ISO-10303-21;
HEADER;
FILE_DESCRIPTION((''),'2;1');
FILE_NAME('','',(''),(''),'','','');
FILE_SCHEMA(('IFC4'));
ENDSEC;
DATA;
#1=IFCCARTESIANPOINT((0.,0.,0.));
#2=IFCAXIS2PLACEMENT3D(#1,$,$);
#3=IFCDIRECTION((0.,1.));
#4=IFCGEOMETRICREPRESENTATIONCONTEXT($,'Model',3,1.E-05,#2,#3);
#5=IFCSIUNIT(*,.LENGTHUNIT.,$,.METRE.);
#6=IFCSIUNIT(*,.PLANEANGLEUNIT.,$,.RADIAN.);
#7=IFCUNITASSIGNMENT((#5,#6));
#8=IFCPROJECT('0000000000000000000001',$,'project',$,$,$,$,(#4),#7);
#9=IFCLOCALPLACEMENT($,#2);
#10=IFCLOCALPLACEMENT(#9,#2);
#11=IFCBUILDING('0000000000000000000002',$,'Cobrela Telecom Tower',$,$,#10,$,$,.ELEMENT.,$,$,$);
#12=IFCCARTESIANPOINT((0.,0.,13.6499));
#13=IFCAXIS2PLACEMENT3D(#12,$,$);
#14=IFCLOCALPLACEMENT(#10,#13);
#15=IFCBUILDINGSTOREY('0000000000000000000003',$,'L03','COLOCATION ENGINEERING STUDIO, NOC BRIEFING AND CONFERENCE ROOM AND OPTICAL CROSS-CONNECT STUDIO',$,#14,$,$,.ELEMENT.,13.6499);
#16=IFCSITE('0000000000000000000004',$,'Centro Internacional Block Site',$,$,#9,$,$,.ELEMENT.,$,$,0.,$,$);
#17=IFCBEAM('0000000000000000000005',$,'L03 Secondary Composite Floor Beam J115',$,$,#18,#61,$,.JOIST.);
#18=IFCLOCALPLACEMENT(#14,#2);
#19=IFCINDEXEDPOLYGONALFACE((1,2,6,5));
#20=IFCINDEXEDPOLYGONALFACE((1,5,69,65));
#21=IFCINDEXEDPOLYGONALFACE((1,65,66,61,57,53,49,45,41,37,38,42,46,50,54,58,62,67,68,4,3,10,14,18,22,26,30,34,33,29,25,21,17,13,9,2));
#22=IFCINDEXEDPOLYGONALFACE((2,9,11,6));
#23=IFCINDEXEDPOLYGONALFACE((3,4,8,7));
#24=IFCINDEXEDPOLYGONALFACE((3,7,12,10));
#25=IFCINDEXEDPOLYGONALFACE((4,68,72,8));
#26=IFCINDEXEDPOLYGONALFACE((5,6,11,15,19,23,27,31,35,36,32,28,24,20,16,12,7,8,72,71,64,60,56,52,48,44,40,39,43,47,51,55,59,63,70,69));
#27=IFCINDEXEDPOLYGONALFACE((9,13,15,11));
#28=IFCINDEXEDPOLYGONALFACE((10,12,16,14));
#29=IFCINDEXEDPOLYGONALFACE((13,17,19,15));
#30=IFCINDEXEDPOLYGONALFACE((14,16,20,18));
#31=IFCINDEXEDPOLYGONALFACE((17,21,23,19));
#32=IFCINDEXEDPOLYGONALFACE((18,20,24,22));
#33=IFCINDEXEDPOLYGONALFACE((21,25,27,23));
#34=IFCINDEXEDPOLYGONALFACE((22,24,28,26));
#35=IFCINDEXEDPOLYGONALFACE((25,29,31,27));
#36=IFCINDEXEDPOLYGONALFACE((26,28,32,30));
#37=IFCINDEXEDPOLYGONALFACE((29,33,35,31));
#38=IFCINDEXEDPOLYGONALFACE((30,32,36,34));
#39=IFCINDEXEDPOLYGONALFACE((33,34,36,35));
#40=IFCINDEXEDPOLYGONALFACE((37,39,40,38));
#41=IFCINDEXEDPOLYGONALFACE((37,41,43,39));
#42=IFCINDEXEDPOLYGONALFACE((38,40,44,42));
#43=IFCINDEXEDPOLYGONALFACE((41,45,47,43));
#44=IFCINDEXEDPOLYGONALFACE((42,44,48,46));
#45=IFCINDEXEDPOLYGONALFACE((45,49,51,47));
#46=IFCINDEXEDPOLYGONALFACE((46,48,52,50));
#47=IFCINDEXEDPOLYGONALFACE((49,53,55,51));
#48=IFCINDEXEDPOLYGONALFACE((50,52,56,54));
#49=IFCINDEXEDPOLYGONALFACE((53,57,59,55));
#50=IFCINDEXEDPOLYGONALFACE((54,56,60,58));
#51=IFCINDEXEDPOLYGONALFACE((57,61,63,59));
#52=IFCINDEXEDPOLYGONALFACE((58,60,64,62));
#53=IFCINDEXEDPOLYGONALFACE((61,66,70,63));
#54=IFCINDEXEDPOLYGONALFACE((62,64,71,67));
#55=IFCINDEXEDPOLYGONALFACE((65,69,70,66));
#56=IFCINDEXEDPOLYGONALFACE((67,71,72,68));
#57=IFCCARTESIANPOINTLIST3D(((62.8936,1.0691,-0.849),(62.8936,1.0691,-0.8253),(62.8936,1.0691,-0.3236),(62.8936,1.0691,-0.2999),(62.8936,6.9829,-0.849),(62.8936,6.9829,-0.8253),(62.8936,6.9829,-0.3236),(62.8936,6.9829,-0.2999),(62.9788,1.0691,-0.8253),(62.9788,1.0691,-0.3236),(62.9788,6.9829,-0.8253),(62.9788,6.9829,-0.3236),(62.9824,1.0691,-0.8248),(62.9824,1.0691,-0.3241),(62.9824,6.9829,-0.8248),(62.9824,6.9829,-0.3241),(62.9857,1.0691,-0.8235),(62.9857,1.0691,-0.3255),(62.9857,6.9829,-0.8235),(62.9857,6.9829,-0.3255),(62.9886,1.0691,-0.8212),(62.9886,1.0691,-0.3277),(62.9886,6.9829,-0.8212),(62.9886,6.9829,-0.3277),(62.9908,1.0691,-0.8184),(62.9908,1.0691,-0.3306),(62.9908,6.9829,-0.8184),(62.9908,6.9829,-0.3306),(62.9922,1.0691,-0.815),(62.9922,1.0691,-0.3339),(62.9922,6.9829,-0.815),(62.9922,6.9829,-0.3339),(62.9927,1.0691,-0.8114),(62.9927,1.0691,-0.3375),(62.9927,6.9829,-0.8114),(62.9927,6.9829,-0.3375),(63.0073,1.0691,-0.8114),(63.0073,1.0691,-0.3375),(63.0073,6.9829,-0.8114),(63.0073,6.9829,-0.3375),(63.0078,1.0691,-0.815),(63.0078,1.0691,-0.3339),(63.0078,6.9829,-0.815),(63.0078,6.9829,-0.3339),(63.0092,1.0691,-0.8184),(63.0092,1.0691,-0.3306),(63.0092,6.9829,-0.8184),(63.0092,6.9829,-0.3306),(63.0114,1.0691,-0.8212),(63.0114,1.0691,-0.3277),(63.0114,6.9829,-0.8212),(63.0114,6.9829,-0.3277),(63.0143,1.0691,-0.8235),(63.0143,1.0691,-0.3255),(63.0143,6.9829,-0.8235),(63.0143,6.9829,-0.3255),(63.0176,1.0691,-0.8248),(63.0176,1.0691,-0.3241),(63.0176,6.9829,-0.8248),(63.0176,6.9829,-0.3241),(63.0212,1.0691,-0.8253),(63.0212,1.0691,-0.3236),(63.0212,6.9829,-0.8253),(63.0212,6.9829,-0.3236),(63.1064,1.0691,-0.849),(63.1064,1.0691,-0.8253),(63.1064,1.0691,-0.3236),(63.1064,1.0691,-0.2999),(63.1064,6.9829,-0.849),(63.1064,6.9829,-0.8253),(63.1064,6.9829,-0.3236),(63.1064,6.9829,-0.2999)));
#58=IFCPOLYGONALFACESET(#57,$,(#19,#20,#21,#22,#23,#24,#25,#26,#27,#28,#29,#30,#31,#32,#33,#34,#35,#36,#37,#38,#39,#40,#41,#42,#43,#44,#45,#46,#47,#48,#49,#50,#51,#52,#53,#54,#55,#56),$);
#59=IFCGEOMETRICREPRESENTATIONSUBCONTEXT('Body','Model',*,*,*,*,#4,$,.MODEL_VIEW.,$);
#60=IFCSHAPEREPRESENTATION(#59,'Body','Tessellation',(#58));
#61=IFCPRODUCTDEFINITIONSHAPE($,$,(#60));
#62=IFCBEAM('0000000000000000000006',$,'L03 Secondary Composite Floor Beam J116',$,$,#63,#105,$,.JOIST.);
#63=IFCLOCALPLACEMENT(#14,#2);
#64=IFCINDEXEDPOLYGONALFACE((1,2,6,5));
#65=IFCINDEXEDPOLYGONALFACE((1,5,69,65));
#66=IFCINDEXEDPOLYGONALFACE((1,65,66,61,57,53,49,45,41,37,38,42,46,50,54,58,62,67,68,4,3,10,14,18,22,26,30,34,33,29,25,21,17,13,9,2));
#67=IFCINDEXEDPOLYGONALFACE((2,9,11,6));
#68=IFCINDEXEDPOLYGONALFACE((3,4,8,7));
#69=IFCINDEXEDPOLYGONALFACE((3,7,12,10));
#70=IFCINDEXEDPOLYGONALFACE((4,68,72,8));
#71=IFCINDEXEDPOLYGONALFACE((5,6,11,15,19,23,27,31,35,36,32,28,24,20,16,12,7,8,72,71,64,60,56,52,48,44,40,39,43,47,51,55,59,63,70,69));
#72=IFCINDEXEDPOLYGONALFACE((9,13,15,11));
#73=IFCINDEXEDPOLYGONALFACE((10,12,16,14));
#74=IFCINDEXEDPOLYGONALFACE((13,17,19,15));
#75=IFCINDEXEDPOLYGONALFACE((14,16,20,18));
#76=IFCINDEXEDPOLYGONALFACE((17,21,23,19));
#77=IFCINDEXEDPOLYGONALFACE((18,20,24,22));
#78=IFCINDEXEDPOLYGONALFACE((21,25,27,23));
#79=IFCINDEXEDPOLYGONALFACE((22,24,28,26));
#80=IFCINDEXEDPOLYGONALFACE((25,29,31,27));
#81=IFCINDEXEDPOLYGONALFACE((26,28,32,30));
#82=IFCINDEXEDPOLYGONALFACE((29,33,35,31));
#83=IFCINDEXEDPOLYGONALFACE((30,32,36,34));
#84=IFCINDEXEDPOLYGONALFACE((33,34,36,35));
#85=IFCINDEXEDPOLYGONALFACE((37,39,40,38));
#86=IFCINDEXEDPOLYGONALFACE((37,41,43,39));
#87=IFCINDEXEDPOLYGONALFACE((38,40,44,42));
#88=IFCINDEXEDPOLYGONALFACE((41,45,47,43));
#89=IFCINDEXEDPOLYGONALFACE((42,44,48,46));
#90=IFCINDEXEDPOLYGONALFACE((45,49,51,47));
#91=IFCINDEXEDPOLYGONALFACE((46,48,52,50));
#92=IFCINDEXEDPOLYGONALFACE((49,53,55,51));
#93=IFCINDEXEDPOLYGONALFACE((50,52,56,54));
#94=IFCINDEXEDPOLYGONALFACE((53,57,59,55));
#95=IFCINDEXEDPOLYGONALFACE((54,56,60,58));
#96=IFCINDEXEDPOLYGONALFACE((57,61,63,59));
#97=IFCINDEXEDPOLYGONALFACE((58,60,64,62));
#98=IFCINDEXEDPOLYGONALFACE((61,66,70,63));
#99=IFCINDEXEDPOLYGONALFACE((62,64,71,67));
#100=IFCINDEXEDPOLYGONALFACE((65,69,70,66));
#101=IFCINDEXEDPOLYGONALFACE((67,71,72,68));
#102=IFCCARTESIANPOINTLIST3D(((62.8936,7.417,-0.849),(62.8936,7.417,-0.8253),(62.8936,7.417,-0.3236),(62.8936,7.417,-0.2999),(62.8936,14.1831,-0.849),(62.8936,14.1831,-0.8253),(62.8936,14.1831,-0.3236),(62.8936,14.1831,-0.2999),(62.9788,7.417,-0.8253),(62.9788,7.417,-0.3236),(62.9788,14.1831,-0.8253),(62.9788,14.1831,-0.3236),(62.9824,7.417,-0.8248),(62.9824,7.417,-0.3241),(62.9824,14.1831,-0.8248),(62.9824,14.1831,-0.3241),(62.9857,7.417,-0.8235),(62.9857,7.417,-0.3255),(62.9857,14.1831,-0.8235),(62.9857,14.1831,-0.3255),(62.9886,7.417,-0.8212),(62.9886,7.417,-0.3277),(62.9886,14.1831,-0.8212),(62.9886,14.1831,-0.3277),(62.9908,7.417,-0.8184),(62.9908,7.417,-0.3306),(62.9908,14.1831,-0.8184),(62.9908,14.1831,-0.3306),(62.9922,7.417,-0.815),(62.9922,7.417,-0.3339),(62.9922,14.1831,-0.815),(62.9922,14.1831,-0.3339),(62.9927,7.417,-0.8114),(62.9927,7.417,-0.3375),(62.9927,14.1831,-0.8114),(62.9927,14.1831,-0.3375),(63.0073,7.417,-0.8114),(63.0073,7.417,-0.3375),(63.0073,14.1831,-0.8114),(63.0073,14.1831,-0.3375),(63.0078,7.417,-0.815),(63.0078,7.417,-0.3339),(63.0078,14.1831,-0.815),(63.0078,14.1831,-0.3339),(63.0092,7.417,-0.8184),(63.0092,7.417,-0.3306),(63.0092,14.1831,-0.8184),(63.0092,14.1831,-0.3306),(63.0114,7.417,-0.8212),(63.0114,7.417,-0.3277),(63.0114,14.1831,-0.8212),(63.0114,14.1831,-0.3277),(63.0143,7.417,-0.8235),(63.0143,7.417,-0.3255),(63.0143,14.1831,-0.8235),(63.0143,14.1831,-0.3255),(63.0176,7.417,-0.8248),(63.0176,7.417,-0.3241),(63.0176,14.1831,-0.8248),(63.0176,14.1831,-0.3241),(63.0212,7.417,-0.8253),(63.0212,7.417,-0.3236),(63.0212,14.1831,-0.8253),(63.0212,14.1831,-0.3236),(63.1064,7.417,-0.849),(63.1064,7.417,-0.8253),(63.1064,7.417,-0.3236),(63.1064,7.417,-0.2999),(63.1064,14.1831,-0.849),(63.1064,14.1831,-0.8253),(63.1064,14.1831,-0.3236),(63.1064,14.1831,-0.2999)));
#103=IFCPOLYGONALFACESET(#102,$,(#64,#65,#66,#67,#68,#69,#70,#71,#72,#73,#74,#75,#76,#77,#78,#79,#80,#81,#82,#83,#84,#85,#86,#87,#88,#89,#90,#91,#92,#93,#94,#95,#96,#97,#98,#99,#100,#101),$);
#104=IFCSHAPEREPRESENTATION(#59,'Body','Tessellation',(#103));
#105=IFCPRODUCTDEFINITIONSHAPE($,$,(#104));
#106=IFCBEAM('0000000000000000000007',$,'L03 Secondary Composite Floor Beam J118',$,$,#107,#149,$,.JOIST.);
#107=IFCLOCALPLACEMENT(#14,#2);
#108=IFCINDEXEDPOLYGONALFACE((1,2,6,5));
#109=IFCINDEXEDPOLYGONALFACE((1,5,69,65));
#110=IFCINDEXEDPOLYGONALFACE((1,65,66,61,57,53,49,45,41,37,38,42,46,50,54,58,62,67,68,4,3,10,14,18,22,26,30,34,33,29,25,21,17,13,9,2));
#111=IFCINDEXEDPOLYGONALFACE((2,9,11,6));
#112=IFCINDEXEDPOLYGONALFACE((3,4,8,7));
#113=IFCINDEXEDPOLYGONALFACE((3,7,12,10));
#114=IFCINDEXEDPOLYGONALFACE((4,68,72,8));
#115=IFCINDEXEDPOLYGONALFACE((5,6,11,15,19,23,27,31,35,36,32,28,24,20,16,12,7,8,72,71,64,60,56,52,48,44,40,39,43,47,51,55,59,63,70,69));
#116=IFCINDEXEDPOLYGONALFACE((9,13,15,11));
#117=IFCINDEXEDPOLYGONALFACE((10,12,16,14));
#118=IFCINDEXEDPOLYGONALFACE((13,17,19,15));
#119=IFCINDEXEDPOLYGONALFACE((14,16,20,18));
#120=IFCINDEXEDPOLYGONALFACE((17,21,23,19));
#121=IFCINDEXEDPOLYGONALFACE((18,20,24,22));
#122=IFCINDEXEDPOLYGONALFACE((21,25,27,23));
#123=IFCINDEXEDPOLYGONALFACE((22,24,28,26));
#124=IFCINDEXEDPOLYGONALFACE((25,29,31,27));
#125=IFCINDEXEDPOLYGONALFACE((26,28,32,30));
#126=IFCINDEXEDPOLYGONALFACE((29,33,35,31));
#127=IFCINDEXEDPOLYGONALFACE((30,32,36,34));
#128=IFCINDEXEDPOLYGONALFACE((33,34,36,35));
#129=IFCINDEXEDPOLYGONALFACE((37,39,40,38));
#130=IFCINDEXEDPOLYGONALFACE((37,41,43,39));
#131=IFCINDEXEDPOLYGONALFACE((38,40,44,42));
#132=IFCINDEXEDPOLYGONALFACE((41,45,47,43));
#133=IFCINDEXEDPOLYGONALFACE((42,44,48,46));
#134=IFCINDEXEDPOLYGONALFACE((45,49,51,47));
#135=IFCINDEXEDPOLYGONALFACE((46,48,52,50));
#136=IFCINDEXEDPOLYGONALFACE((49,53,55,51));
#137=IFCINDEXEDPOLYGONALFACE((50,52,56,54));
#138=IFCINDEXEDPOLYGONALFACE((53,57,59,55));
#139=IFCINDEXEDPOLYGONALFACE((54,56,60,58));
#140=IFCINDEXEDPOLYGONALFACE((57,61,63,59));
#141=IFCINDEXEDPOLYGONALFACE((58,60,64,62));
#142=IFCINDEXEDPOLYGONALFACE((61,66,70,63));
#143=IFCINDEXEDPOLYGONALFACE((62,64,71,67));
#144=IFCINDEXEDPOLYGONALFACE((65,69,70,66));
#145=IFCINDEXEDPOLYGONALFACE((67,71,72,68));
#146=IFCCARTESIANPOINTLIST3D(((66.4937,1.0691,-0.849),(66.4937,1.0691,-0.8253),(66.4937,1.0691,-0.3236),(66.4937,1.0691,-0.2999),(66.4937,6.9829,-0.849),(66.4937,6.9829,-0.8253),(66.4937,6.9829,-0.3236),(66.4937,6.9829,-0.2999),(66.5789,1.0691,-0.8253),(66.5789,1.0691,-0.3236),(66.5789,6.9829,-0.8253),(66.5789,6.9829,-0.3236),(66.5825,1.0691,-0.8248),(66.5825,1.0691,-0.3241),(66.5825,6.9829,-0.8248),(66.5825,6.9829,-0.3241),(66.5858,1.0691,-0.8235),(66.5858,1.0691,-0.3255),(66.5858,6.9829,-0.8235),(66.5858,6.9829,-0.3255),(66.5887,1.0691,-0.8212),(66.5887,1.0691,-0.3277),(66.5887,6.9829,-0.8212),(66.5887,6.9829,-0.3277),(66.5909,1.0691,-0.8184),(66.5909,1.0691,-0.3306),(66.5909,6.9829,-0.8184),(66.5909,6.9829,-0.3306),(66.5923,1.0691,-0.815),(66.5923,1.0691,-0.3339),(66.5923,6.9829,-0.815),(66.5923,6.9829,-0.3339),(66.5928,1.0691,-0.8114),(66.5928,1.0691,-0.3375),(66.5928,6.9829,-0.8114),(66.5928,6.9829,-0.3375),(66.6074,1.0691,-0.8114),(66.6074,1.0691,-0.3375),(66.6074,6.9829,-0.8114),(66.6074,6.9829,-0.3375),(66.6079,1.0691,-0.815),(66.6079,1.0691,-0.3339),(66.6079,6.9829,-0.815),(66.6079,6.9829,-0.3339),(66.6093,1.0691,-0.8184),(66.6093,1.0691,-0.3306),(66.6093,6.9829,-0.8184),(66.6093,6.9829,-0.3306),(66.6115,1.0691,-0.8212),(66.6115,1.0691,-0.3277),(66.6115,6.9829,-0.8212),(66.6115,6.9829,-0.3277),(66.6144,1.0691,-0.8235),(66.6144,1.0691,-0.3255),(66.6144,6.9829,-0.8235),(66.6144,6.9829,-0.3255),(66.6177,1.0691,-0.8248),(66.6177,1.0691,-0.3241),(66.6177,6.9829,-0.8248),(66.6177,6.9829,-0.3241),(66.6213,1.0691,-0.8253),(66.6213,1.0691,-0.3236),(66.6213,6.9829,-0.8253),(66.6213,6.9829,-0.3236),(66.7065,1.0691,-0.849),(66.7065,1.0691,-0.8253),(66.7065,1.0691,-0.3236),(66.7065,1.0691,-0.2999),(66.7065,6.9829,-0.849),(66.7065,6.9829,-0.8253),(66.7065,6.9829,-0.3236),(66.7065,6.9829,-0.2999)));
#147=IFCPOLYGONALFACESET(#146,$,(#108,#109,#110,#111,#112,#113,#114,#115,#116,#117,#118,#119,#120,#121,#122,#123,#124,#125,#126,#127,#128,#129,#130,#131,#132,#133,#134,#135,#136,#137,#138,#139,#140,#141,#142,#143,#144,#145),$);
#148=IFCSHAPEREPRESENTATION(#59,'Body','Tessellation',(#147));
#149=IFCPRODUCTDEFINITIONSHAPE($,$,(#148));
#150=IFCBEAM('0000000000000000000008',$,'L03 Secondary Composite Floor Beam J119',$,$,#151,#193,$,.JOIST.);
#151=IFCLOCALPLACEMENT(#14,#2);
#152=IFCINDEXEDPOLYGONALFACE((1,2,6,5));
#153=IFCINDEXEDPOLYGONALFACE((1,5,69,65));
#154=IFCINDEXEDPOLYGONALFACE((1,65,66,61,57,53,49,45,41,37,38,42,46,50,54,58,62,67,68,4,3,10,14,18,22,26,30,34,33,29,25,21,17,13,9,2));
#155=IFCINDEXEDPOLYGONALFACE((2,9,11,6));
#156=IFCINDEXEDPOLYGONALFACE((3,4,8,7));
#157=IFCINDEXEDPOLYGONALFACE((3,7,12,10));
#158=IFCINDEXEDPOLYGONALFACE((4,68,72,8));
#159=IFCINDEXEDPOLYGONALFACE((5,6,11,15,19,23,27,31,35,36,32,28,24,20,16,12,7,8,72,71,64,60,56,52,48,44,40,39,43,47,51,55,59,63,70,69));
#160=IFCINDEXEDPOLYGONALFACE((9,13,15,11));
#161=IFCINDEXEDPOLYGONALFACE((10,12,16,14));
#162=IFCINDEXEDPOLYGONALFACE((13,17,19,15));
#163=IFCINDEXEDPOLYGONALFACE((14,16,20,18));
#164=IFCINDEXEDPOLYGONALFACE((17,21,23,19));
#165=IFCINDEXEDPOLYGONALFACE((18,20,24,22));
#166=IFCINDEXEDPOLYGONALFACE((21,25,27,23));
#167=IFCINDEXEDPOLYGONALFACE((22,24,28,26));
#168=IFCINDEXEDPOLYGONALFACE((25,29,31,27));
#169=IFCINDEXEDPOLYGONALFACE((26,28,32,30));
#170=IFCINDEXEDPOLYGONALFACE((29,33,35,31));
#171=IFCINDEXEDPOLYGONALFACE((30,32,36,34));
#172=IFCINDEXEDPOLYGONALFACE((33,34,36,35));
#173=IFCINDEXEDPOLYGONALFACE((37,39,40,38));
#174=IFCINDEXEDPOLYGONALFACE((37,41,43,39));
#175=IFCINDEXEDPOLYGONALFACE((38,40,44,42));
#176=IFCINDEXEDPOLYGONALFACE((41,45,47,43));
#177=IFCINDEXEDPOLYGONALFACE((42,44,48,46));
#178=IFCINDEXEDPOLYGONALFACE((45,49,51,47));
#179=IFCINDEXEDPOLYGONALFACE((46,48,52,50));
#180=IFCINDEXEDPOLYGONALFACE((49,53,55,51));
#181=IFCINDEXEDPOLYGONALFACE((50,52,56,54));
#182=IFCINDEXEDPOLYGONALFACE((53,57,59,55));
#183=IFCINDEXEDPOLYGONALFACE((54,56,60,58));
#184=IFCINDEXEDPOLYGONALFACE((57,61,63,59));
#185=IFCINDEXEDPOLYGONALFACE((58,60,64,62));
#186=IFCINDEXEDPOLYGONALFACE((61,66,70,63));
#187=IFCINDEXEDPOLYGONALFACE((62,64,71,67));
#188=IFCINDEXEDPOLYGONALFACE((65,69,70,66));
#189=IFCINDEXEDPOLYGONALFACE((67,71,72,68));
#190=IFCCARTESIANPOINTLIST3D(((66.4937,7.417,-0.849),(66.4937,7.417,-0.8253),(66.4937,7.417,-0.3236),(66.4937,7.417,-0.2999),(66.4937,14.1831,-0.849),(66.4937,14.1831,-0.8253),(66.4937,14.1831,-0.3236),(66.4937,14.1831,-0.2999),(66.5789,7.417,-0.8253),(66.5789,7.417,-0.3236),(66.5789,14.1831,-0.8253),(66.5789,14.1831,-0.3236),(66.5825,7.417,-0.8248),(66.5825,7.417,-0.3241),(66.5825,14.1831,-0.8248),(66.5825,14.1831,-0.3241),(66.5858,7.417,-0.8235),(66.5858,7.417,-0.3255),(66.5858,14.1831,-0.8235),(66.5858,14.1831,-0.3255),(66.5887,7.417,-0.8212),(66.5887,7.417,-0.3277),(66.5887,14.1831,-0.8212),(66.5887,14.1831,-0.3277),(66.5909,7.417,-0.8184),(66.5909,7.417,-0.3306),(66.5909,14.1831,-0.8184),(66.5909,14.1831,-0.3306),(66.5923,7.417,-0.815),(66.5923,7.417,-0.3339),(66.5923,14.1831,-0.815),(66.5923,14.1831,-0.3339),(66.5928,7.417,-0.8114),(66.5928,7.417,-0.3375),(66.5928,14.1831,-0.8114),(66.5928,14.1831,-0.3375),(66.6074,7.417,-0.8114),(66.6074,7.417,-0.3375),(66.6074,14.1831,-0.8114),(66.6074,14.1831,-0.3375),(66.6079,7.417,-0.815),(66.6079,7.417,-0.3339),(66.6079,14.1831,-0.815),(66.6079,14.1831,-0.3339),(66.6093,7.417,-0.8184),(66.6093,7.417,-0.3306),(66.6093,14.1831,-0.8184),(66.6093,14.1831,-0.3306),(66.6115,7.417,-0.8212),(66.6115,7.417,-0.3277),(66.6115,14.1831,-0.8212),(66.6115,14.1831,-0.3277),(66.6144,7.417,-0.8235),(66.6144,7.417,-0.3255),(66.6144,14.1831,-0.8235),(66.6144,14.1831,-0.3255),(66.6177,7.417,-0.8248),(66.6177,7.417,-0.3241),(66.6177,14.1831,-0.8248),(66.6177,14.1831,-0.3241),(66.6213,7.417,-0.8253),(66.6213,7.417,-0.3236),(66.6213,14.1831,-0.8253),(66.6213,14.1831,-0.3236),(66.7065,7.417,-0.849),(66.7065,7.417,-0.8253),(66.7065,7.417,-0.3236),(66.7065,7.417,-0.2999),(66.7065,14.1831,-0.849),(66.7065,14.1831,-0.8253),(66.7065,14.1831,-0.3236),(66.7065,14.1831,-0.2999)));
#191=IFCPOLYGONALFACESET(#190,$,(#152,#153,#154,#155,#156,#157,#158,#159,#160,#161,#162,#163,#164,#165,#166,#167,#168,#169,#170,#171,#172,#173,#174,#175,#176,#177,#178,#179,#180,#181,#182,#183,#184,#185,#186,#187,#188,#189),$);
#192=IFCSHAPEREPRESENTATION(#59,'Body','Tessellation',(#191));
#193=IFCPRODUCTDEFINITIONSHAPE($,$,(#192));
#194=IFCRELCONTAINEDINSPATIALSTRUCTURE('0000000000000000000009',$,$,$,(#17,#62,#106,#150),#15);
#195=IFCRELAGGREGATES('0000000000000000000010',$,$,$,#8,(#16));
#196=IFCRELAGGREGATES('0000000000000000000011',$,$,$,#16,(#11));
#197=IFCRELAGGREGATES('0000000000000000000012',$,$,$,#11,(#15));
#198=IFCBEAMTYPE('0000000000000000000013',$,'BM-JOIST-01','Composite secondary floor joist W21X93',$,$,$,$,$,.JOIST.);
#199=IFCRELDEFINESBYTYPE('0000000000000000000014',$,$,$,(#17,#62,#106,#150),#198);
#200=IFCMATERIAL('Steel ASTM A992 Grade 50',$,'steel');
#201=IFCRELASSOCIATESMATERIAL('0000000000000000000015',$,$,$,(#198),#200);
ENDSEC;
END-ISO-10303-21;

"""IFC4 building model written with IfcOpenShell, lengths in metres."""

from ifc_helpers import new_model, si_unit, direction, frame, origin, origin_2d, place, context, subcontext, project, spatial, i_section, extrude, material, material_profile, profile_set, type_object, element, save


model = new_model("IFC4")

# Units and contexts
model_context = context("Model", 3, precision=1e-05, world=origin(), true_north=direction((0.0, 1.0)))
body_context = subcontext(model_context, "Body", "Model", "MODEL_VIEW")
ifc_project = project(units=[si_unit("LENGTHUNIT", "METRE"), si_unit("PLANEANGLEUNIT", "RADIAN")], contexts=[model_context])

# Site, building, storey
site_placement = place(None, origin())
site = spatial("IfcSite", under=ifc_project, at=site_placement, Name="Centro Internacional Block Site", CompositionType="ELEMENT", RefElevation=0.0)
building_placement = place(site_placement, origin())
building = spatial("IfcBuilding", under=site, at=building_placement, Name="Cobrela Telecom Tower", CompositionType="ELEMENT")
storey_placement = place(building_placement, frame((0.0, 0.0, 13.6499)))
storey = spatial("IfcBuildingStorey", under=building, at=storey_placement, Name="L03", Description="COLOCATION ENGINEERING STUDIO, NOC BRIEFING AND CONFERENCE ROOM AND OPTICAL CROSS-CONNECT STUDIO", CompositionType="ELEMENT", Elevation=13.6499)

# Beams
ifc_material_1 = material(Name="Steel ASTM A992 Grade 50", Category="steel")
ifc_material_profile_1 = material_profile(ifc_material_1, i_section(OverallWidth=0.2129, OverallDepth=0.5491, WebThickness=0.0146, FlangeThickness=0.0237, FilletRadius=0.0139, at=origin_2d()), Name="W21X93")
ifc_profile_set_1 = profile_set([ifc_material_profile_1], Name="Steel ASTM A992 Grade 50")
beam_type_1 = type_object("IfcBeamType", Name="BM-JOIST-01", Description="Composite secondary floor joist W21X93", PredefinedType="JOIST", material=ifc_profile_set_1)
beam_1_placement = place(storey_placement, frame((63.0, 1.0691, -0.5745), z_axis=(0.0, 1.0, 0.0), x_axis=(-1.0, 0.0, 0.0)))
element("IfcBeam", 1, at=beam_1_placement, inside=storey, type_object=beam_type_1, Name="L03 Secondary Composite Floor Beam J115", PredefinedType="JOIST", context=body_context, shape_type="SweptSolid", body=[
    extrude(i_section(OverallWidth=0.2129, OverallDepth=0.5491, WebThickness=0.0146, FlangeThickness=0.0237, FilletRadius=0.0139, at=origin_2d()), origin(), (0.0, 0.0, 1.0), 5.9138),
])
beam_2_placement = place(storey_placement, frame((63.0, 7.417, -0.5745), z_axis=(0.0, 1.0, 0.0), x_axis=(-1.0, 0.0, 0.0)))
element("IfcBeam", 2, at=beam_2_placement, inside=storey, type_object=beam_type_1, Name="L03 Secondary Composite Floor Beam J116", PredefinedType="JOIST", context=body_context, shape_type="SweptSolid", body=[
    extrude(i_section(OverallWidth=0.2129, OverallDepth=0.5491, WebThickness=0.0146, FlangeThickness=0.0237, FilletRadius=0.0139, at=origin_2d()), origin(), (0.0, 0.0, 1.0), 6.7661),
])
beam_3_placement = place(storey_placement, frame((66.6001, 1.0691, -0.5745), z_axis=(0.0, 1.0, 0.0), x_axis=(-1.0, 0.0, 0.0)))
element("IfcBeam", 3, at=beam_3_placement, inside=storey, type_object=beam_type_1, Name="L03 Secondary Composite Floor Beam J118", PredefinedType="JOIST", context=body_context, shape_type="SweptSolid", body=[
    extrude(i_section(OverallWidth=0.2129, OverallDepth=0.5491, WebThickness=0.0146, FlangeThickness=0.0237, FilletRadius=0.0139, at=origin_2d()), origin(), (0.0, 0.0, 1.0), 5.9138),
])
beam_4_placement = place(storey_placement, frame((66.6001, 7.417, -0.5745), z_axis=(0.0, 1.0, 0.0), x_axis=(-1.0, 0.0, 0.0)))
element("IfcBeam", 4, at=beam_4_placement, inside=storey, type_object=beam_type_1, Name="L03 Secondary Composite Floor Beam J119", PredefinedType="JOIST", context=body_context, shape_type="SweptSolid", body=[
    extrude(i_section(OverallWidth=0.2129, OverallDepth=0.5491, WebThickness=0.0146, FlangeThickness=0.0237, FilletRadius=0.0139, at=origin_2d()), origin(), (0.0, 0.0, 1.0), 6.7661),
])

save(model, "model.ifc")
